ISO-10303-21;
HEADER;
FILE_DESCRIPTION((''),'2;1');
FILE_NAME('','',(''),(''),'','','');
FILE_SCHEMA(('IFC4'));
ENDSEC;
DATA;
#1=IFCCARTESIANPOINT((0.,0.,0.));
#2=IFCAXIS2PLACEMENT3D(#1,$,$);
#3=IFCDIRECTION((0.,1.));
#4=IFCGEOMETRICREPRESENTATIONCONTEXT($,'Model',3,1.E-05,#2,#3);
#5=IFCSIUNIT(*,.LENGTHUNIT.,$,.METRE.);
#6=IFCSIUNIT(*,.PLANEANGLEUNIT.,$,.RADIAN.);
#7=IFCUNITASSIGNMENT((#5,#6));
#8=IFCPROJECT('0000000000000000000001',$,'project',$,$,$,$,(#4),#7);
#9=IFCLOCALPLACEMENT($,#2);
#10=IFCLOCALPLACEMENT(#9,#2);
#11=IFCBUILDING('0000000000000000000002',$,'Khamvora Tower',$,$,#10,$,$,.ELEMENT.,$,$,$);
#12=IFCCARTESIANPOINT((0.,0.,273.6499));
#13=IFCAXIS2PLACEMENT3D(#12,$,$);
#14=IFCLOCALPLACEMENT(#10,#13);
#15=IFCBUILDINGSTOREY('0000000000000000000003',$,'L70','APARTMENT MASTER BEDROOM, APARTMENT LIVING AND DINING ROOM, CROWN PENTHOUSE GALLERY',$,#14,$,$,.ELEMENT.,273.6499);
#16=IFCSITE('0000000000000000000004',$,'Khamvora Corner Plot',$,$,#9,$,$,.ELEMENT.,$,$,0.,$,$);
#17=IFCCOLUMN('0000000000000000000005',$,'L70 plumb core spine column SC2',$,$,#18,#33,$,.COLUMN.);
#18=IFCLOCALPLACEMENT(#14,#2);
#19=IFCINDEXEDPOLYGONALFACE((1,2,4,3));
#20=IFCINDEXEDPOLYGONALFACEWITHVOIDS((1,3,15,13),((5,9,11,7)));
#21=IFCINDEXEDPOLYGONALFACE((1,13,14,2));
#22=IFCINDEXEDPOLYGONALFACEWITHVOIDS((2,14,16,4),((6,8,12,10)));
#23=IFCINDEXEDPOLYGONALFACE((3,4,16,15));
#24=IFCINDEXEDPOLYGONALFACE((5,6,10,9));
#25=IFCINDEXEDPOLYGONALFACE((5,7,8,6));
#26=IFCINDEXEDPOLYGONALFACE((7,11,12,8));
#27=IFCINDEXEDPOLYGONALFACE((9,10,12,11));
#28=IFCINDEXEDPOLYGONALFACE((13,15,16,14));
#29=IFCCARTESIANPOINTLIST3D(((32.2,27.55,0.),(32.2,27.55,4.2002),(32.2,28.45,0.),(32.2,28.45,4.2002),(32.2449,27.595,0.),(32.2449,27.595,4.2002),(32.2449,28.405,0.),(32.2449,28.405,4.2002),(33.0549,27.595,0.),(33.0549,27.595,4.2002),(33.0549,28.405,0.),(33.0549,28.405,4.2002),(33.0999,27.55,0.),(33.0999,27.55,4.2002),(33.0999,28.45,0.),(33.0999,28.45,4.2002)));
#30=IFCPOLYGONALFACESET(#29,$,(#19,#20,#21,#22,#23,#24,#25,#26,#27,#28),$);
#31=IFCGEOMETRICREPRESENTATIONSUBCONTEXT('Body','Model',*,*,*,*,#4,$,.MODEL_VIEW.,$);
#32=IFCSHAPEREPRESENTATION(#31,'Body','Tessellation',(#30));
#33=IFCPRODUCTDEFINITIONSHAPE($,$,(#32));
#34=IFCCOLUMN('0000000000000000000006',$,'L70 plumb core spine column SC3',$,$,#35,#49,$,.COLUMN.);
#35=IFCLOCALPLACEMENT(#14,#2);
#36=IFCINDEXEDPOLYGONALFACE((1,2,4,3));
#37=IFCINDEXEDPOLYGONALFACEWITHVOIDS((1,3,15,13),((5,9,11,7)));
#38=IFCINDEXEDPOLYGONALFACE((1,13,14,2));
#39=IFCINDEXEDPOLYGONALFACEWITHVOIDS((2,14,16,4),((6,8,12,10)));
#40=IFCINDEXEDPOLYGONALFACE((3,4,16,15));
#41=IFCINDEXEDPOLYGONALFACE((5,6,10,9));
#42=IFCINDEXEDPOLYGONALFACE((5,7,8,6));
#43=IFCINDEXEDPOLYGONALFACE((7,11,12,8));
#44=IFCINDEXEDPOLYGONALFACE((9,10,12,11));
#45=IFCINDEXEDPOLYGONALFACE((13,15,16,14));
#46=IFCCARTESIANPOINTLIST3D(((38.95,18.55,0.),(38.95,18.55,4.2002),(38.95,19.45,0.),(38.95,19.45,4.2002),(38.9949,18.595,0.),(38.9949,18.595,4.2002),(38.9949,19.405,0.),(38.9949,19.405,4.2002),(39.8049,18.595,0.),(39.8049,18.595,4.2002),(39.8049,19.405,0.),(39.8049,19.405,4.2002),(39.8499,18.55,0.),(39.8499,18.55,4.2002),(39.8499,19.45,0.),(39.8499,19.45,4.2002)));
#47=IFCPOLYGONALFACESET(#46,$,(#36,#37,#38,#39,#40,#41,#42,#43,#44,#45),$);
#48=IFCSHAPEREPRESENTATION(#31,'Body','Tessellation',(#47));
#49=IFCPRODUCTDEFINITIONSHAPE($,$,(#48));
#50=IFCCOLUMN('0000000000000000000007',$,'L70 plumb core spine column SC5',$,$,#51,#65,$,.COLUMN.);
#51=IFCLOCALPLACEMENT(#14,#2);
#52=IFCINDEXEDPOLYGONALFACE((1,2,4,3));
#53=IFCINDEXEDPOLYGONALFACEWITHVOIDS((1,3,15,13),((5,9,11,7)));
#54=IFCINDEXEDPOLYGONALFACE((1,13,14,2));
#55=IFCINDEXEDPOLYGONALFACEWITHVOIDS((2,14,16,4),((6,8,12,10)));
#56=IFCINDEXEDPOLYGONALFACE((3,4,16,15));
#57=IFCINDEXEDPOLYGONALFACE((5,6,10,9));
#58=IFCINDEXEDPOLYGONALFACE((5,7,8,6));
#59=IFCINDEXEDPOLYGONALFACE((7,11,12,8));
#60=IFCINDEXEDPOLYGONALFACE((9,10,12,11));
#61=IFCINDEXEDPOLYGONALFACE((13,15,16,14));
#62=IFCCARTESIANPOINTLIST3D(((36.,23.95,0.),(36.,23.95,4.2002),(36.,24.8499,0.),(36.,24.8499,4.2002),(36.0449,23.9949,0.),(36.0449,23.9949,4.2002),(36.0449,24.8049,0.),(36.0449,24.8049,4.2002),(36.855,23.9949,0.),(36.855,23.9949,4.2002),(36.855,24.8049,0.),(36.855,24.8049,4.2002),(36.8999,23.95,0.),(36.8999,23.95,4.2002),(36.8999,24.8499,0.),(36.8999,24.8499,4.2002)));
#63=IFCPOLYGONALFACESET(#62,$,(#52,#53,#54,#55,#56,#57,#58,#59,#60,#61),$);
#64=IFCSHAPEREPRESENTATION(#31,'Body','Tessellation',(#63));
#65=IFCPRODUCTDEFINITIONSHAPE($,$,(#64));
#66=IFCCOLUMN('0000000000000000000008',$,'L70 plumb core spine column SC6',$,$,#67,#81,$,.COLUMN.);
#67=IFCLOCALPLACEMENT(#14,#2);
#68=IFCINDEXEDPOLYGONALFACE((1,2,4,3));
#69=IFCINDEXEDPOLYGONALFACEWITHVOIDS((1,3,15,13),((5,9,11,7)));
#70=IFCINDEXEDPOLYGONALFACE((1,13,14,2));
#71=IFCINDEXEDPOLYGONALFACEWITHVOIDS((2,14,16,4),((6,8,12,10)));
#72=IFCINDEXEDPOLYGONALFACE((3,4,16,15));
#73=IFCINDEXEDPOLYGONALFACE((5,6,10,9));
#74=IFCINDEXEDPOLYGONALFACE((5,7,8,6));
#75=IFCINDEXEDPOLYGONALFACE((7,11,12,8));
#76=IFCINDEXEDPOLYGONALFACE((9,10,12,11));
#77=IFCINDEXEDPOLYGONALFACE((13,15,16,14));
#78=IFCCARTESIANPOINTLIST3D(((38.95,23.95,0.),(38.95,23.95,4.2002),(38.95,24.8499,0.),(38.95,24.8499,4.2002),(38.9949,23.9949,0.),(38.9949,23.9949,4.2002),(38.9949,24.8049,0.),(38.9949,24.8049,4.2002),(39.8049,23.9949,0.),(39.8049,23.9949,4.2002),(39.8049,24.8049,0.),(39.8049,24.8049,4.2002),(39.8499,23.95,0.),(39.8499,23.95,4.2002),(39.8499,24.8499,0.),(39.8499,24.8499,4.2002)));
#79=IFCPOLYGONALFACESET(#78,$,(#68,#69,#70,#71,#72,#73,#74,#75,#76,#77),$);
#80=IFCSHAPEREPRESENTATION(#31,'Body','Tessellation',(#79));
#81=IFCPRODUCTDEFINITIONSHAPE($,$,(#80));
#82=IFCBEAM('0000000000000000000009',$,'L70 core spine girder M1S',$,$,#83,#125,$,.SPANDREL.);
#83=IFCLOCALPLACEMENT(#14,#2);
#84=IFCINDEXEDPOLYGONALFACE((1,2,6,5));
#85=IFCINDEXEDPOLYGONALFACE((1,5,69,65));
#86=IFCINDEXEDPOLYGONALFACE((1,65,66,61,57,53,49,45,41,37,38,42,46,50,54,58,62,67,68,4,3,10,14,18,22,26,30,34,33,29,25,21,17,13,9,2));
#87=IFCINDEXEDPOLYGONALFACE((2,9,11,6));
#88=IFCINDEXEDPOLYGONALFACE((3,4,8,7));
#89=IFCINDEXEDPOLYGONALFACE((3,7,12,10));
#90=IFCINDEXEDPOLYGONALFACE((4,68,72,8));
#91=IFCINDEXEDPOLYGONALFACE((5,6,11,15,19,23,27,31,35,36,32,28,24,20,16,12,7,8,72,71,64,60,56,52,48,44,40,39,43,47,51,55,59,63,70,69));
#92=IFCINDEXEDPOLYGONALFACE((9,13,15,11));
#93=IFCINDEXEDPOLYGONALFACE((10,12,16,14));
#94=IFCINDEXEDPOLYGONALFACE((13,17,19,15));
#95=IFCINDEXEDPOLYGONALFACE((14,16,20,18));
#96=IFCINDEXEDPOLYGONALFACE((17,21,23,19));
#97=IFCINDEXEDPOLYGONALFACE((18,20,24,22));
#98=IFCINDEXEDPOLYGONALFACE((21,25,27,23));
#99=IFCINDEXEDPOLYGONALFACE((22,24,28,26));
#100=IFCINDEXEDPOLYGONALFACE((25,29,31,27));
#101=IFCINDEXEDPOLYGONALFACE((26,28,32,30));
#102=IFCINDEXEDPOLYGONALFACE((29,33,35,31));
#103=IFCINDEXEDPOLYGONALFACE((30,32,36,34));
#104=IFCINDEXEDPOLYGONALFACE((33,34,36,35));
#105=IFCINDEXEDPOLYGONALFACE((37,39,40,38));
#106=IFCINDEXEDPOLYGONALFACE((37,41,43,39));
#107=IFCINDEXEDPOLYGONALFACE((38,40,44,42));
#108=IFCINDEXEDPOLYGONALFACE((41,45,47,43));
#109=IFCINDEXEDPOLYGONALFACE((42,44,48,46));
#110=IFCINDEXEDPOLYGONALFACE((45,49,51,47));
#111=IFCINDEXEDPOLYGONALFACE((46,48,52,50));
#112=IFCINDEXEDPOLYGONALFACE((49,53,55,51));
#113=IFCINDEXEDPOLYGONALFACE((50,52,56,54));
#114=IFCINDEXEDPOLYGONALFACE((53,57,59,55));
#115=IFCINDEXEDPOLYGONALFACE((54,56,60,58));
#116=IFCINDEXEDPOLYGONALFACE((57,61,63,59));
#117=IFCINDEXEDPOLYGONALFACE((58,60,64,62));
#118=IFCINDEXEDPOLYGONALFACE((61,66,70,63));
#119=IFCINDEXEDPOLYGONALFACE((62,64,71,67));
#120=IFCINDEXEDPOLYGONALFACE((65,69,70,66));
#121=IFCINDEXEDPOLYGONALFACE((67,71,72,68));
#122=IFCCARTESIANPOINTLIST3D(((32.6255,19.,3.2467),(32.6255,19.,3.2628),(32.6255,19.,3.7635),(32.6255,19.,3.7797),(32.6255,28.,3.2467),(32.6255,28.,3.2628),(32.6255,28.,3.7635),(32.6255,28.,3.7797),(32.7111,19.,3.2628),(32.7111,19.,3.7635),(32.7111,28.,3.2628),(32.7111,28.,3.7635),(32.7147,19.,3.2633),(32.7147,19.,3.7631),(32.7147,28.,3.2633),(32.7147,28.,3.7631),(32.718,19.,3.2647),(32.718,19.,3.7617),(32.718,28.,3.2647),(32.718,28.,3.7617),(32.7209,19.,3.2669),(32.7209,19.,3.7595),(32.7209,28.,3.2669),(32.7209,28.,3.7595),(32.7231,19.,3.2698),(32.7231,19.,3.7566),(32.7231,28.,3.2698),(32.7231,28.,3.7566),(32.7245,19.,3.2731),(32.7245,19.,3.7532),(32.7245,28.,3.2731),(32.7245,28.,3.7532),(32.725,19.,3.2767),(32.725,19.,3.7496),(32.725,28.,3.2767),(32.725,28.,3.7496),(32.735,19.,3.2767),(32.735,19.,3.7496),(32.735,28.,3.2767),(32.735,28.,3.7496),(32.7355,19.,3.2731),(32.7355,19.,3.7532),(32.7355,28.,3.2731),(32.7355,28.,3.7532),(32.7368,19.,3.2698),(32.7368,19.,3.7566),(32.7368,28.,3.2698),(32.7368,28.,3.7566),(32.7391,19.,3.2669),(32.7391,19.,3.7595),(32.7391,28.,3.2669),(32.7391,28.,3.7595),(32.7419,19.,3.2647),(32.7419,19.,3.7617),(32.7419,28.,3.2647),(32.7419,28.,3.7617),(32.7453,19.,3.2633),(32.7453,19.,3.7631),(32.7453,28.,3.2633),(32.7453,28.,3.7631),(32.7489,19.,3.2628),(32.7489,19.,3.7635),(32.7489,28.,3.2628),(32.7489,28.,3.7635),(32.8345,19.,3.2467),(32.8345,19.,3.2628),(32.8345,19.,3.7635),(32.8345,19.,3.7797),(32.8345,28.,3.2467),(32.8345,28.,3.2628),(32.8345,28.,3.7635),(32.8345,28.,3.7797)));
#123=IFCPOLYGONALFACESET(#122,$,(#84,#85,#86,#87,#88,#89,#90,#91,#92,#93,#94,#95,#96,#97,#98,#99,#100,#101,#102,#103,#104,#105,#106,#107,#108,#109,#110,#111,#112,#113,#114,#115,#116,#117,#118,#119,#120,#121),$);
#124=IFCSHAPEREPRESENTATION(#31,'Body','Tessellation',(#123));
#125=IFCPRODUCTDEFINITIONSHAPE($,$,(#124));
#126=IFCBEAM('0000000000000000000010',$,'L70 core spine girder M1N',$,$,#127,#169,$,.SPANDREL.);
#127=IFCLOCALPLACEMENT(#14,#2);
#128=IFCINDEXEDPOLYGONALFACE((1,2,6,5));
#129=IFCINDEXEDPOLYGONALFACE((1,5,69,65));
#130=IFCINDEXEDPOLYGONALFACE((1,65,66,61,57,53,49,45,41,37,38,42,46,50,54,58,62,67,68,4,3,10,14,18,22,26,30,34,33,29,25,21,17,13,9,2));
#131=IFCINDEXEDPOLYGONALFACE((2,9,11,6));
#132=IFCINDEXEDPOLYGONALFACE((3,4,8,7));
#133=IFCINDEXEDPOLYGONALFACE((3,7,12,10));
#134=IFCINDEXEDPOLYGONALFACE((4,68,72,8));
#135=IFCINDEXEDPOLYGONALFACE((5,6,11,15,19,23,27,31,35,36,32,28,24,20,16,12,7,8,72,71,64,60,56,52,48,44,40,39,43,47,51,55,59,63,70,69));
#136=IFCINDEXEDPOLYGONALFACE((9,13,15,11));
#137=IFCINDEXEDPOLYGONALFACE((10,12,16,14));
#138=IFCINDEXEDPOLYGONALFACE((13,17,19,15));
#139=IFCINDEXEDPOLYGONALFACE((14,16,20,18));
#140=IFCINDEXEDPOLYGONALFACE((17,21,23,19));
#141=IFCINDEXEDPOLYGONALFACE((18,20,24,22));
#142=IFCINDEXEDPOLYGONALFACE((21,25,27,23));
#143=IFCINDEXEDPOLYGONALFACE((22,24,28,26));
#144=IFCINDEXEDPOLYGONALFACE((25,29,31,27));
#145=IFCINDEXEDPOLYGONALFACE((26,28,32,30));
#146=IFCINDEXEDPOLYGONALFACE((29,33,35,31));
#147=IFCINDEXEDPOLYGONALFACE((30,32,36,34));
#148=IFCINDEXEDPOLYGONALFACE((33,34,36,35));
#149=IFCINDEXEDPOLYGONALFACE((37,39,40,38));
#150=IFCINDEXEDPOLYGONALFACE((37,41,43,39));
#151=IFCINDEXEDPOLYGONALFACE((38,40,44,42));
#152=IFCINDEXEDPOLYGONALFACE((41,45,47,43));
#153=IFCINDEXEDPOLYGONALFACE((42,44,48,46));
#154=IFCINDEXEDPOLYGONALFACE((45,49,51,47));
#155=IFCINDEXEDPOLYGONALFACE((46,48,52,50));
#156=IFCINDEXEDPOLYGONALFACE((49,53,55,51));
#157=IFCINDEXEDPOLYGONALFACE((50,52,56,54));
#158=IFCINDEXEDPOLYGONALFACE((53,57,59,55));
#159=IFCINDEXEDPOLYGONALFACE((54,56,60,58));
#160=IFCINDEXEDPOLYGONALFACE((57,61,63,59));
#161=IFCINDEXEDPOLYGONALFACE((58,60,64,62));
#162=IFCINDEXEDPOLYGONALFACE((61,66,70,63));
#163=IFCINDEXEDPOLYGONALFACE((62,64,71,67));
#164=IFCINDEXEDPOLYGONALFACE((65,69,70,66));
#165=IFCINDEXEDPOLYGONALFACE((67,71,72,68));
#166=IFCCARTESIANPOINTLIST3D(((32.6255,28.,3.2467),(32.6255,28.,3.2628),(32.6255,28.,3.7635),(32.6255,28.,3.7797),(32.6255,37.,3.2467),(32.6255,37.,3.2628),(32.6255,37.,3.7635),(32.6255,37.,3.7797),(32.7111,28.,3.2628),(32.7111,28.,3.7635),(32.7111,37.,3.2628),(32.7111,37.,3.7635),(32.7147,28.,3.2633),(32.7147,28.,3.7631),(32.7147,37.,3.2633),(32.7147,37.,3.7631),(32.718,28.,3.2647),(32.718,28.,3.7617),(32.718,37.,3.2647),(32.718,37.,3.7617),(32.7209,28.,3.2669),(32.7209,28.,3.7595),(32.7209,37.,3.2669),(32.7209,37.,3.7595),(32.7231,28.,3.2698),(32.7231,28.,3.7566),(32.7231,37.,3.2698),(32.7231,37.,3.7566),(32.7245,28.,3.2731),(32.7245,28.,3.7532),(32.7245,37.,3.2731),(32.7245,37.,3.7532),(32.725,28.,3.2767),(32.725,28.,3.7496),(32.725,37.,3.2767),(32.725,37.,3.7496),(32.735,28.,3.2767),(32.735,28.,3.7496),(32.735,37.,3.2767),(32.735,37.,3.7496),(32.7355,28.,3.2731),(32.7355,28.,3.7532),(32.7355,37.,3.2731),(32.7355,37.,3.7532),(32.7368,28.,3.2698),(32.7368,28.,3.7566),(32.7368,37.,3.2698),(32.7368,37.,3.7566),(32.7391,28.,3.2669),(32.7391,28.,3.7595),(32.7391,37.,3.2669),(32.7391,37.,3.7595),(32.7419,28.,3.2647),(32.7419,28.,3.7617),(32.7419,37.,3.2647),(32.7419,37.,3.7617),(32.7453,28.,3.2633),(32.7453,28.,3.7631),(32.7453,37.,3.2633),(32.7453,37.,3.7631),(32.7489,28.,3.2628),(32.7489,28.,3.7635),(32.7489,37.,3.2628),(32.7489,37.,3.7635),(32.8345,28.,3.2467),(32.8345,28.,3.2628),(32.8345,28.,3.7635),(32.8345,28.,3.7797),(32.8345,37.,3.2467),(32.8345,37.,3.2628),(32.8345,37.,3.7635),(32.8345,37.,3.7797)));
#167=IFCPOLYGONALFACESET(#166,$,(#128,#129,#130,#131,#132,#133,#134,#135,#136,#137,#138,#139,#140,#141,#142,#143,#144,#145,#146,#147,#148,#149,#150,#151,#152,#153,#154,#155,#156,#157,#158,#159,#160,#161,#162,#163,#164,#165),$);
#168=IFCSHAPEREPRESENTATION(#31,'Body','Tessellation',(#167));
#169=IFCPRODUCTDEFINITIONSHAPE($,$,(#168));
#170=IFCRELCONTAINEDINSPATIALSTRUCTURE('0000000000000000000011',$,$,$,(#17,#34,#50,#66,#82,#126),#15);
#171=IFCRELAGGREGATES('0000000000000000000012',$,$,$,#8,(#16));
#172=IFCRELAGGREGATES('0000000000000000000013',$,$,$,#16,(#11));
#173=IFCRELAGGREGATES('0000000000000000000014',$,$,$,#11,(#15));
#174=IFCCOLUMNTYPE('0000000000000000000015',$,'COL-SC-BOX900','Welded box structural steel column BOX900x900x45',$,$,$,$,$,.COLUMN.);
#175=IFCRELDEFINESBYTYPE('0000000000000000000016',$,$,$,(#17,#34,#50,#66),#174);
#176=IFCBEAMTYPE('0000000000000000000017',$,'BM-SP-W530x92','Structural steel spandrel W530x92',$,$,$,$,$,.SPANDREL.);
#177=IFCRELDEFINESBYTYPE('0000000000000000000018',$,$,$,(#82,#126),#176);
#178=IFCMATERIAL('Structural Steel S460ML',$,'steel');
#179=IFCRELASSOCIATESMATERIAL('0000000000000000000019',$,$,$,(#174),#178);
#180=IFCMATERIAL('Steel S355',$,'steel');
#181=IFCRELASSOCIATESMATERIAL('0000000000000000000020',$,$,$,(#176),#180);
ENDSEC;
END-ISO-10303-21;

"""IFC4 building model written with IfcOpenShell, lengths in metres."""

from ifc_helpers import new_model, si_unit, direction, frame, origin, origin_2d, place, context, subcontext, project, spatial, hollow_rectangle, i_section, extrude, material, material_profile, profile_set, type_object, element, save


model = new_model("IFC4")

# Units and contexts
model_context = context("Model", 3, precision=1e-05, world=origin(), true_north=direction((0.0, 1.0)))
body_context = subcontext(model_context, "Body", "Model", "MODEL_VIEW")
ifc_project = project(units=[si_unit("LENGTHUNIT", "METRE"), si_unit("PLANEANGLEUNIT", "RADIAN")], contexts=[model_context])

# Site, building, storey
site_placement = place(None, origin())
site = spatial("IfcSite", under=ifc_project, at=site_placement, Name="Khamvora Corner Plot", CompositionType="ELEMENT", RefElevation=0.0)
building_placement = place(site_placement, origin())
building = spatial("IfcBuilding", under=site, at=building_placement, Name="Khamvora Tower", CompositionType="ELEMENT")
storey_placement = place(building_placement, frame((0.0, 0.0, 273.6499)))
storey = spatial("IfcBuildingStorey", under=building, at=storey_placement, Name="L70", Description="APARTMENT MASTER BEDROOM, APARTMENT LIVING AND DINING ROOM, CROWN PENTHOUSE GALLERY", CompositionType="ELEMENT", Elevation=273.6499)

# Columns
ifc_material_1 = material(Name="Structural Steel S460ML", Category="steel")
ifc_material_profile_1 = material_profile(ifc_material_1, hollow_rectangle(XDim=0.8999, YDim=0.8999, WallThickness=0.0449, at=origin_2d()), Name="BOX900x900x45")
ifc_profile_set_1 = profile_set([ifc_material_profile_1], Name="Structural Steel S460ML")
column_type = type_object("IfcColumnType", Name="COL-SC-BOX900", Description="Welded box structural steel column BOX900x900x45", PredefinedType="COLUMN", material=ifc_profile_set_1)
for number, where, z_axis, x_axis, name in (
    (1, (32.6499, 28.0, 0.0), (0.0, 0.0, 1.0), (1.0, 0.0, 0.0), "L70 plumb core spine column SC2"),
    (2, (39.3999, 19.0, 0.0), (0.0, 0.0, 1.0), (1.0, 0.0, 0.0), "L70 plumb core spine column SC3"),
    (3, (36.45, 24.3999, 0.0), (0.0, 0.0, 1.0), (1.0, 0.0, 0.0), "L70 plumb core spine column SC5"),
    (4, (39.3999, 24.3999, 0.0), (0.0, 0.0, 1.0), (1.0, 0.0, 0.0), "L70 plumb core spine column SC6"),
):
    element("IfcColumn", number, at=place(storey_placement, frame(where, z_axis=z_axis, x_axis=x_axis)), inside=storey, type_object=column_type, Name=name, PredefinedType="COLUMN", context=body_context, shape_type="SweptSolid", body=[
        extrude(hollow_rectangle(XDim=0.8999, YDim=0.8999, WallThickness=0.0449, at=origin_2d()), origin(), (0.0, 0.0, 1.0), 4.2002),
    ])

# Beams
ifc_material_2 = material(Name="Steel S355", Category="steel")
ifc_material_profile_2 = material_profile(ifc_material_2, i_section(OverallWidth=0.209, OverallDepth=0.533, WebThickness=0.01, FlangeThickness=0.0161, FilletRadius=0.0139, at=origin_2d()), Name="W530x92")
ifc_profile_set_2 = profile_set([ifc_material_profile_2], Name="Steel S355")
beam_type_1 = type_object("IfcBeamType", Name="BM-SP-W530x92", Description="Structural steel spandrel W530x92", PredefinedType="SPANDREL", material=ifc_profile_set_2)
for number, where, z_axis, x_axis, name in (
    (5, (32.73, 19.0, 3.5132), (0.0, 1.0, 0.0), (-1.0, 0.0, 0.0), "L70 core spine girder M1S"),
    (6, (32.73, 28.0, 3.5132), (0.0, 1.0, 0.0), (-1.0, 0.0, 0.0), "L70 core spine girder M1N"),
):
    element("IfcBeam", number, at=place(storey_placement, frame(where, z_axis=z_axis, x_axis=x_axis)), inside=storey, type_object=beam_type_1, Name=name, PredefinedType="SPANDREL", context=body_context, shape_type="SweptSolid", body=[
        extrude(i_section(OverallWidth=0.209, OverallDepth=0.533, WebThickness=0.01, FlangeThickness=0.0161, FilletRadius=0.0139, at=origin_2d()), origin(), (0.0, 0.0, 1.0), 9.0),
    ])

save(model, "model.ifc")
